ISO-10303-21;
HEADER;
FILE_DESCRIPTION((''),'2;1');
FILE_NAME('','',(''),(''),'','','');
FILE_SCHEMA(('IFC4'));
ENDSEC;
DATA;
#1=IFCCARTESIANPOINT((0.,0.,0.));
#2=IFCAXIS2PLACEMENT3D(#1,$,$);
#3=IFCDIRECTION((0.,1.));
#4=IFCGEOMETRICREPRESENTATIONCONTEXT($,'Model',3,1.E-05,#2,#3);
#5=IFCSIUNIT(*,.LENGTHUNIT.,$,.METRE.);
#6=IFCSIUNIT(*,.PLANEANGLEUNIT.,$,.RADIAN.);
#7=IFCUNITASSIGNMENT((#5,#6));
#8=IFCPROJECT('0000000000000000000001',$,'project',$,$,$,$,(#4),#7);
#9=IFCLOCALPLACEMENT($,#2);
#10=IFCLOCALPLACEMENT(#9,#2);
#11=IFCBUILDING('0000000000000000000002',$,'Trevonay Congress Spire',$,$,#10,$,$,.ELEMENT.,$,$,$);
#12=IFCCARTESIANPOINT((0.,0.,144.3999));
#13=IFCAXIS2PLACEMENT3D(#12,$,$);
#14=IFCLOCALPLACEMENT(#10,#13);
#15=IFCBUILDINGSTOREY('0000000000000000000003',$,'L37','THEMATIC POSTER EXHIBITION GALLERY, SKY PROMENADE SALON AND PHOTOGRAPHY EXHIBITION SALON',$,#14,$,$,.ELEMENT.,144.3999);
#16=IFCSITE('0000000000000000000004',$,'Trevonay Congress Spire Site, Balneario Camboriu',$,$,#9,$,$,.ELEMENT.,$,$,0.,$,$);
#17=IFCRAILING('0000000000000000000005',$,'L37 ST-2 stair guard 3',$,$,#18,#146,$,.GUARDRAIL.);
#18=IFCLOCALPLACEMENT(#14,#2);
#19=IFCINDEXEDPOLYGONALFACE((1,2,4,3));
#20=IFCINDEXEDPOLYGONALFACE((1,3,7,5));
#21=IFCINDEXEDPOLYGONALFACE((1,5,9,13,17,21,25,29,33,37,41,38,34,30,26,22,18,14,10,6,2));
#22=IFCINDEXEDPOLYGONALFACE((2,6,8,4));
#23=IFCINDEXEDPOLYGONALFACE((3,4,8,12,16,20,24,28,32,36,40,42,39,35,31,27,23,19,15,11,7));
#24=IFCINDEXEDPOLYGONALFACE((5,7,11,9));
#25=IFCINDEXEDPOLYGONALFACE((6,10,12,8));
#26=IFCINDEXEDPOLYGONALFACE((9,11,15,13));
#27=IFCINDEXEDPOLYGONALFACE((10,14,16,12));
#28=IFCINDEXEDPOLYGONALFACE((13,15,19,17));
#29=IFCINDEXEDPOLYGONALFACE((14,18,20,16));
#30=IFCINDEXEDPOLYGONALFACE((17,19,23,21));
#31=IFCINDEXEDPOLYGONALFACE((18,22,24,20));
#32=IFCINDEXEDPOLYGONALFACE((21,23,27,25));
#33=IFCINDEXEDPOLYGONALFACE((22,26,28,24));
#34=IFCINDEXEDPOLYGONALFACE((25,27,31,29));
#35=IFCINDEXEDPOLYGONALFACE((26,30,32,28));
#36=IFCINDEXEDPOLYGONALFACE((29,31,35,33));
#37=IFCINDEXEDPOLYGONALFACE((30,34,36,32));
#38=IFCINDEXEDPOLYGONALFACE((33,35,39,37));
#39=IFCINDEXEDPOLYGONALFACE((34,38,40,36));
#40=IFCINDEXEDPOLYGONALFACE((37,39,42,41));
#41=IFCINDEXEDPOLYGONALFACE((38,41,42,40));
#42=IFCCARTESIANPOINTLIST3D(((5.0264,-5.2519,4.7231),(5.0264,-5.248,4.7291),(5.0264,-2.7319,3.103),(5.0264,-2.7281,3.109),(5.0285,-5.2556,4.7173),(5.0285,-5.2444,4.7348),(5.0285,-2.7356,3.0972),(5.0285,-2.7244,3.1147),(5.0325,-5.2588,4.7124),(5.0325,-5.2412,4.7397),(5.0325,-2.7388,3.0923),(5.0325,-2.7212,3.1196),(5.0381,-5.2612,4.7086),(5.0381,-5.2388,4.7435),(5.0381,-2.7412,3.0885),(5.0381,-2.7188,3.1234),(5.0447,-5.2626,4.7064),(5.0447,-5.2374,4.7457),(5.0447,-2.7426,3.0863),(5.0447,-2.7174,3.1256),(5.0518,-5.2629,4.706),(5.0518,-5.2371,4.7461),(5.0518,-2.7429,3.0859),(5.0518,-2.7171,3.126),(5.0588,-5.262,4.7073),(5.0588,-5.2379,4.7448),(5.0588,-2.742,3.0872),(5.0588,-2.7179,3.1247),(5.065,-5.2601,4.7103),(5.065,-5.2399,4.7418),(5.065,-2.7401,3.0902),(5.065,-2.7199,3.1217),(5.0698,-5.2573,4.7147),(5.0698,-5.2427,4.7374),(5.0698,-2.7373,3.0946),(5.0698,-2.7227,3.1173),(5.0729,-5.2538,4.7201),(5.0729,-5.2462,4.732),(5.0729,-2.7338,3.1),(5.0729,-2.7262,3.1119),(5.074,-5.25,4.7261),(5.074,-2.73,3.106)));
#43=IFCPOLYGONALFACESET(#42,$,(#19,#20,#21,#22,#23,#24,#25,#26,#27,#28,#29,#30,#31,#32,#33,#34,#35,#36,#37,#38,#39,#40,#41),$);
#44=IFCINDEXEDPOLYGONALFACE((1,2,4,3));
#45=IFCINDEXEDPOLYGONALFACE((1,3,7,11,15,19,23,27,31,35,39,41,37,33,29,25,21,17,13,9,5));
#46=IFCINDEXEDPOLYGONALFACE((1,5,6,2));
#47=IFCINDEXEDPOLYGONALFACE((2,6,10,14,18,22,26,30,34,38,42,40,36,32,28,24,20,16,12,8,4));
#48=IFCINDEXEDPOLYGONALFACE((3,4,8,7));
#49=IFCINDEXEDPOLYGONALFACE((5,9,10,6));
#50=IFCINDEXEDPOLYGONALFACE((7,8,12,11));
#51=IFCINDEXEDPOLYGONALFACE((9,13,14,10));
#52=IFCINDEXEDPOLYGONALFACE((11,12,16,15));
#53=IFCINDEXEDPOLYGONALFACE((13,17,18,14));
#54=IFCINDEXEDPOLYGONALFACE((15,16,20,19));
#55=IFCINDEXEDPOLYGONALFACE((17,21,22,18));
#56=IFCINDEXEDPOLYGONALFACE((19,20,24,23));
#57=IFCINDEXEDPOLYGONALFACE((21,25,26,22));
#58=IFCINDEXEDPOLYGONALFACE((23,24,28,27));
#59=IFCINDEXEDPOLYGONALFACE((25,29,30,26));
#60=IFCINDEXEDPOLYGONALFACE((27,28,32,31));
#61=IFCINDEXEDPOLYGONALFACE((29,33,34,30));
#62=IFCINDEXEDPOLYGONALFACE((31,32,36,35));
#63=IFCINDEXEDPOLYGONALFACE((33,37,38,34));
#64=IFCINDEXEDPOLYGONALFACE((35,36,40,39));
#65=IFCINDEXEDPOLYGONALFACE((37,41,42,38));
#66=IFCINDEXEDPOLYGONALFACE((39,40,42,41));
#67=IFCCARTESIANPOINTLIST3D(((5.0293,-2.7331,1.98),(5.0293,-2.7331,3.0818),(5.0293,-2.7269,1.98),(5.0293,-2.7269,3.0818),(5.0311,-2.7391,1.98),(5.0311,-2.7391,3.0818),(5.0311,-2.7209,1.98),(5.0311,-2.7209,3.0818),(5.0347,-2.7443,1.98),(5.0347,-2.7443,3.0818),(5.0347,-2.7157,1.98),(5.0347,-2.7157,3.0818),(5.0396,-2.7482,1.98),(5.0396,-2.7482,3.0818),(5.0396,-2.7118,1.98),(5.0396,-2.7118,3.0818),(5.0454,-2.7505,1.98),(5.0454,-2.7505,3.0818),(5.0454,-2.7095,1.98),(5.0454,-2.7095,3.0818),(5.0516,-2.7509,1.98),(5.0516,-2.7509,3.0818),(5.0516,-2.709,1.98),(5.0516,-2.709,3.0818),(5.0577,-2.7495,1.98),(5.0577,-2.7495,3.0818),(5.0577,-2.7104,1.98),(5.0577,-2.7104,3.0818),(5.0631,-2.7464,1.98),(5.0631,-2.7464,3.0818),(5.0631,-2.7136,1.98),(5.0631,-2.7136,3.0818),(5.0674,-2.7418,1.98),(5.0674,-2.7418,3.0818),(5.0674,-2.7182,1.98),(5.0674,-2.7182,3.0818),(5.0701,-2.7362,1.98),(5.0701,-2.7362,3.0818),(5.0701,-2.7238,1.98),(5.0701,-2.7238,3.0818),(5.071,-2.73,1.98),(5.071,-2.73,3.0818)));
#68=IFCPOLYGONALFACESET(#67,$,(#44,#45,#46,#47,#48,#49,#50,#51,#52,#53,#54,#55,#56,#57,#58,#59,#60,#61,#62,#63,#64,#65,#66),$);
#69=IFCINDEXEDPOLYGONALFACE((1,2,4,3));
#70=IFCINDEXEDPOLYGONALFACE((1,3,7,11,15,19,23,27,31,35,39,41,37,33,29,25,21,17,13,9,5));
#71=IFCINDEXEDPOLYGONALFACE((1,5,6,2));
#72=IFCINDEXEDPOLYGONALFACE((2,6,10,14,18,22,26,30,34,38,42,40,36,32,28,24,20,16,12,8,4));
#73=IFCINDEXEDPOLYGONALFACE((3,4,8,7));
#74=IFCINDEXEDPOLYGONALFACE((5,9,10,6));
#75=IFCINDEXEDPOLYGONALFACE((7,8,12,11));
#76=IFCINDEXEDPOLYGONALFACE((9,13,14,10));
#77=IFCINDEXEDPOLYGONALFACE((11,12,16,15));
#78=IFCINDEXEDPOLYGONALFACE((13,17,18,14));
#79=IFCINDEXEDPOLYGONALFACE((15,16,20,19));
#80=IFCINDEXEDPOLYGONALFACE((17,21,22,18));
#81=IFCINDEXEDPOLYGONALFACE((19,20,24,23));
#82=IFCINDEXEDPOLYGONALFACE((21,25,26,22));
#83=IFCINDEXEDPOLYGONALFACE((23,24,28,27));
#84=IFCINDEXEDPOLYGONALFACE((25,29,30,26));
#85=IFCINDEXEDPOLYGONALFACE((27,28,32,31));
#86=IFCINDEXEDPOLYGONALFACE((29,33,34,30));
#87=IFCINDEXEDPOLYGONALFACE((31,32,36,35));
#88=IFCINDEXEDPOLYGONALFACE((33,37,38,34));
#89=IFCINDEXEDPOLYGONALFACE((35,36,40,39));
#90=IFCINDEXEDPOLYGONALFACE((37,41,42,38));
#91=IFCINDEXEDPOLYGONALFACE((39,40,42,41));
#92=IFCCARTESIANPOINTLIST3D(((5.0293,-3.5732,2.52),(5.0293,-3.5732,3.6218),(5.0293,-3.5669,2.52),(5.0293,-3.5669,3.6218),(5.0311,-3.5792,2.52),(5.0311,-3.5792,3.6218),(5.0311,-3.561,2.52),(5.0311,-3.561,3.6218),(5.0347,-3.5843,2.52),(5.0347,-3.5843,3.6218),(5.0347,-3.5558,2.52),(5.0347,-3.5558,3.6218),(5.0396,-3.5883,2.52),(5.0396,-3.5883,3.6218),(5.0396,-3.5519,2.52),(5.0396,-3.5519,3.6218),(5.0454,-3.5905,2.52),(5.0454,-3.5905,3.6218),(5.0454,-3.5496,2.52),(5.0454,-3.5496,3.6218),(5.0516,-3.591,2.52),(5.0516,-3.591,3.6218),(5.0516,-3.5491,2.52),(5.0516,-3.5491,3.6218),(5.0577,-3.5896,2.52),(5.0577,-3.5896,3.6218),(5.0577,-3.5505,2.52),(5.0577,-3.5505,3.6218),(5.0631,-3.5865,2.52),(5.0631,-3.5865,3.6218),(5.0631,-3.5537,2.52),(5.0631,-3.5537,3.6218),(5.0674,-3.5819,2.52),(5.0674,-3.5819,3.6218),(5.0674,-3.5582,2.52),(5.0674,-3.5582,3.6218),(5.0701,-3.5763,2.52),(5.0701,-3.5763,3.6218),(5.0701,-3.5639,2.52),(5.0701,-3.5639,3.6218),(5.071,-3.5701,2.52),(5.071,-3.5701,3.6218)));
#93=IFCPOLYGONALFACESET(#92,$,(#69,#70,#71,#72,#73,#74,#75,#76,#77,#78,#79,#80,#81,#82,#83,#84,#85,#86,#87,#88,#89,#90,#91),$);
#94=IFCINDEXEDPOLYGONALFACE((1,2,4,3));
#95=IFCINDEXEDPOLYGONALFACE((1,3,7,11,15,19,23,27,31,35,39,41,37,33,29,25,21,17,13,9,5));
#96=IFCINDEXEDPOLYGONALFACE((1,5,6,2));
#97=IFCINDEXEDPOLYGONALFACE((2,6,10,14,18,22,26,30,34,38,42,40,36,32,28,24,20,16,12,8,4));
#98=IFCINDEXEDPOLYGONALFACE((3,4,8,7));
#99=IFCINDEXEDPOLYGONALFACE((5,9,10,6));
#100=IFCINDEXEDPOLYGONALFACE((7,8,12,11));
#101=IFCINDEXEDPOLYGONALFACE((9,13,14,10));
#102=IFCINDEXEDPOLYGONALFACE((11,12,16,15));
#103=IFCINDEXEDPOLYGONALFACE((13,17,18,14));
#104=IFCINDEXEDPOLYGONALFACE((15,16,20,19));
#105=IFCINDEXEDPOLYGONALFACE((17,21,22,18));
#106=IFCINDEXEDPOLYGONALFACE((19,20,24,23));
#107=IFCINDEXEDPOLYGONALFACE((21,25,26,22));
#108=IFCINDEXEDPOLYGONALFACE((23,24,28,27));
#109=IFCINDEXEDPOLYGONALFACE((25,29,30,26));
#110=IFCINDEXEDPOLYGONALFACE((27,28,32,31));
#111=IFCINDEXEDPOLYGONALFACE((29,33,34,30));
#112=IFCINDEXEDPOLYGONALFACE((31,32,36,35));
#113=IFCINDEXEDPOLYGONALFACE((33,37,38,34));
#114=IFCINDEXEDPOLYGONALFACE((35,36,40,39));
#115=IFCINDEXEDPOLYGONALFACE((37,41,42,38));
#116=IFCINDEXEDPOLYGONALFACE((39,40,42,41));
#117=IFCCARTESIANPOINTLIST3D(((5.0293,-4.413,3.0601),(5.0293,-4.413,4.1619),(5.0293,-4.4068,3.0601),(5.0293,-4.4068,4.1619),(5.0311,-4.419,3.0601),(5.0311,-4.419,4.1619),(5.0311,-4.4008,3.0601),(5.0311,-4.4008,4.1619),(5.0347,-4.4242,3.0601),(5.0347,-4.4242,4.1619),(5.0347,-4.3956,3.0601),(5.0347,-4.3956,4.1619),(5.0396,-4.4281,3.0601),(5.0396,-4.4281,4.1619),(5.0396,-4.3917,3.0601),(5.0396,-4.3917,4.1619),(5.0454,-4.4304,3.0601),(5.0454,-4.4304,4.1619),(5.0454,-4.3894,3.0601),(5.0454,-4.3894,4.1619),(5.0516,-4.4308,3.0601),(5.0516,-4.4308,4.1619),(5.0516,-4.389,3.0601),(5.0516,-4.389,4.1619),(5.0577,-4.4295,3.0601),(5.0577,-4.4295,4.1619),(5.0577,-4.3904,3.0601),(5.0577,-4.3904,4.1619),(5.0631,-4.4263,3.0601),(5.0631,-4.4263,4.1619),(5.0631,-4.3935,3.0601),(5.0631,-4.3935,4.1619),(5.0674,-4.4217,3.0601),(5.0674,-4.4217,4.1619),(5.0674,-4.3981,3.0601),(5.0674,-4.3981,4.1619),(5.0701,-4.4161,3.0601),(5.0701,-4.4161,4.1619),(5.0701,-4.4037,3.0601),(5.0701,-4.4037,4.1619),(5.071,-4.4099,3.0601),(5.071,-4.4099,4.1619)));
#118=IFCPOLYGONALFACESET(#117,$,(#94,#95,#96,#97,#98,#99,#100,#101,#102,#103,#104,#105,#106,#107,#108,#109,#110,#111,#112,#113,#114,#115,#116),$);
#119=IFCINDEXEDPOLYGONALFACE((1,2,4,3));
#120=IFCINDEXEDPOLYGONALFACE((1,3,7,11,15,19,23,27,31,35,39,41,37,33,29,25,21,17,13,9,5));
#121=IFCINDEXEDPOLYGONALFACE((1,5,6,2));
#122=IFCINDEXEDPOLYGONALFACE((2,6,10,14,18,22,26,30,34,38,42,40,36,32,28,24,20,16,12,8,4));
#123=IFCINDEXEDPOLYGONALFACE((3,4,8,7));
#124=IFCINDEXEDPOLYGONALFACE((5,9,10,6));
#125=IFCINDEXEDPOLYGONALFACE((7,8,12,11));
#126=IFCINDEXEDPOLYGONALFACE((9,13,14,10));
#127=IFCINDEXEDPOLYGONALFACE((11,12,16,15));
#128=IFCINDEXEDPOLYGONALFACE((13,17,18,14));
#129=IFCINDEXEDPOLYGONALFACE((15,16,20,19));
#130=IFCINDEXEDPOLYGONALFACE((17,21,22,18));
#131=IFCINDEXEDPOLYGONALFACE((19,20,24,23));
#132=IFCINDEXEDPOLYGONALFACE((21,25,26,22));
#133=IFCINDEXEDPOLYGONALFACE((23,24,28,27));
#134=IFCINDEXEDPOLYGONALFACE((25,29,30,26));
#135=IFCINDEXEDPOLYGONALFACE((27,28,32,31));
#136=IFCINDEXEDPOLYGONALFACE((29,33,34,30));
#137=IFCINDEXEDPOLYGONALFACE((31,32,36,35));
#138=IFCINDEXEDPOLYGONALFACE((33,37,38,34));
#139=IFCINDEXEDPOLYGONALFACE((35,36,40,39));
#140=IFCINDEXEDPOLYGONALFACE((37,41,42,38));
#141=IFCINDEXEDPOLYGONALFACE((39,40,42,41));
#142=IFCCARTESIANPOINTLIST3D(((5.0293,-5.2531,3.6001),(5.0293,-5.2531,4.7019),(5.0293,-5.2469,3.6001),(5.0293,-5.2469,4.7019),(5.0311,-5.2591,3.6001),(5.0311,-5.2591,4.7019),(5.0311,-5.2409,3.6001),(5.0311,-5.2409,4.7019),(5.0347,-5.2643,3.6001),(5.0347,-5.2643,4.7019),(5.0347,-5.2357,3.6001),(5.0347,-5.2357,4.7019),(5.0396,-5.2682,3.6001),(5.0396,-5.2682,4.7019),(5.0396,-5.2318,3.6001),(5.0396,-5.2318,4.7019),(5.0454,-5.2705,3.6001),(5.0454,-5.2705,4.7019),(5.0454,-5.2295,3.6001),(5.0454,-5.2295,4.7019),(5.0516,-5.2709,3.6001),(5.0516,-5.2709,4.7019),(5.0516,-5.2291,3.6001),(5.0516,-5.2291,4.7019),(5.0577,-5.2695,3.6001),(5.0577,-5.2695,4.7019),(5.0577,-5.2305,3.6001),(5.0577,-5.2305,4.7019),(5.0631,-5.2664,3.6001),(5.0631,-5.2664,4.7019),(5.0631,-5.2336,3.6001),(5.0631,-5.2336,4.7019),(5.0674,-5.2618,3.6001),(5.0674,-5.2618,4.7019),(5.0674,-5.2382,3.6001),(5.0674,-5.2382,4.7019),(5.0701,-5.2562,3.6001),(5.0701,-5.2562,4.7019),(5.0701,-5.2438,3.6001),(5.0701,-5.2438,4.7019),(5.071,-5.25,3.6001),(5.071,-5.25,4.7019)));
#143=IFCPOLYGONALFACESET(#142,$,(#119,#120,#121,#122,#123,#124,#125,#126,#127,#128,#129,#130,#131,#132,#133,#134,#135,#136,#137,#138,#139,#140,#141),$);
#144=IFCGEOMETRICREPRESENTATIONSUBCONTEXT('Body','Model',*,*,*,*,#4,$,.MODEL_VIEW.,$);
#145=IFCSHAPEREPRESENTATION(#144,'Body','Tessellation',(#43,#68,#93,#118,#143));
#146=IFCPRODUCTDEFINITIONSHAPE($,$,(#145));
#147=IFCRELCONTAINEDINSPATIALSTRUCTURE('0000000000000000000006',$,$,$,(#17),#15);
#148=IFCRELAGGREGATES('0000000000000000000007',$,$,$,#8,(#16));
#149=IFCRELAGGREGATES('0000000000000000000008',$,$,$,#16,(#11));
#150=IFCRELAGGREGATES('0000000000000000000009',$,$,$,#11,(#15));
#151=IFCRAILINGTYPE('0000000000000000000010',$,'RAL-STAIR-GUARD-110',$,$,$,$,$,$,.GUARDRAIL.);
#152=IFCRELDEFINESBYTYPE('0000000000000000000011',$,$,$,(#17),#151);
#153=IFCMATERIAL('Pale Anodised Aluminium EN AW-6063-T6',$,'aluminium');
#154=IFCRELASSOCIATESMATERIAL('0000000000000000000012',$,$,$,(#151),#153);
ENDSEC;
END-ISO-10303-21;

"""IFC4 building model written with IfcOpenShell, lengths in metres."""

from ifc_helpers import new_model, si_unit, direction, frame, origin, origin_2d, place, context, subcontext, project, spatial, circle, extrude, material, type_object, element, save


model = new_model("IFC4")

# Units and contexts
model_context = context("Model", 3, precision=1e-05, world=origin(), true_north=direction((0.0, 1.0)))
body_context = subcontext(model_context, "Body", "Model", "MODEL_VIEW")
ifc_project = project(units=[si_unit("LENGTHUNIT", "METRE"), si_unit("PLANEANGLEUNIT", "RADIAN")], contexts=[model_context])

# Site, building, storey
site_placement = place(None, origin())
site = spatial("IfcSite", under=ifc_project, at=site_placement, Name="Trevonay Congress Spire Site, Balneario Camboriu", CompositionType="ELEMENT", RefElevation=0.0)
building_placement = place(site_placement, origin())
building = spatial("IfcBuilding", under=site, at=building_placement, Name="Trevonay Congress Spire", CompositionType="ELEMENT")
storey_placement = place(building_placement, frame((0.0, 0.0, 144.3999)))
storey = spatial("IfcBuildingStorey", under=building, at=storey_placement, Name="L37", Description="THEMATIC POSTER EXHIBITION GALLERY, SKY PROMENADE SALON AND PHOTOGRAPHY EXHIBITION SALON", CompositionType="ELEMENT", Elevation=144.3999)

# Shared definitions
ifc_material_1 = material(Name="Pale Anodised Aluminium EN AW-6063-T6", Category="aluminium")

# Railing
railing_type_1 = type_object("IfcRailingType", Name="RAL-STAIR-GUARD-110", PredefinedType="GUARDRAIL", material=ifc_material_1)
railing_1_placement = place(storey_placement, frame((5.05, -2.73, 1.98)))
element("IfcRailing", 1, at=railing_1_placement, inside=storey, type_object=railing_type_1, Name="L37 ST-2 stair guard 3", PredefinedType="GUARDRAIL", context=body_context, shape_type="SweptSolid", body=[
    extrude(circle(Radius=0.0239, at=origin_2d()), frame((0.0, 0.0, 1.126), z_axis=(0.0, -0.841163, 0.540782), x_axis=(1.0, 0.0, 0.0)), (0.0, 0.0, 1.0), 2.9958),
    extrude(circle(Radius=0.021, at=origin_2d()), origin(), (0.0, 0.0, 1.0), 1.1018),
    extrude(circle(Radius=0.021, at=origin_2d()), frame((0.0, -0.8401, 0.54)), (0.0, 0.0, 1.0), 1.1018),
    extrude(circle(Radius=0.021, at=origin_2d()), frame((0.0, -1.6799, 1.0801)), (0.0, 0.0, 1.0), 1.1018),
    extrude(circle(Radius=0.021, at=origin_2d()), frame((0.0, -2.52, 1.6201)), (0.0, 0.0, 1.0), 1.1018),
])

save(model, "model.ifc")
